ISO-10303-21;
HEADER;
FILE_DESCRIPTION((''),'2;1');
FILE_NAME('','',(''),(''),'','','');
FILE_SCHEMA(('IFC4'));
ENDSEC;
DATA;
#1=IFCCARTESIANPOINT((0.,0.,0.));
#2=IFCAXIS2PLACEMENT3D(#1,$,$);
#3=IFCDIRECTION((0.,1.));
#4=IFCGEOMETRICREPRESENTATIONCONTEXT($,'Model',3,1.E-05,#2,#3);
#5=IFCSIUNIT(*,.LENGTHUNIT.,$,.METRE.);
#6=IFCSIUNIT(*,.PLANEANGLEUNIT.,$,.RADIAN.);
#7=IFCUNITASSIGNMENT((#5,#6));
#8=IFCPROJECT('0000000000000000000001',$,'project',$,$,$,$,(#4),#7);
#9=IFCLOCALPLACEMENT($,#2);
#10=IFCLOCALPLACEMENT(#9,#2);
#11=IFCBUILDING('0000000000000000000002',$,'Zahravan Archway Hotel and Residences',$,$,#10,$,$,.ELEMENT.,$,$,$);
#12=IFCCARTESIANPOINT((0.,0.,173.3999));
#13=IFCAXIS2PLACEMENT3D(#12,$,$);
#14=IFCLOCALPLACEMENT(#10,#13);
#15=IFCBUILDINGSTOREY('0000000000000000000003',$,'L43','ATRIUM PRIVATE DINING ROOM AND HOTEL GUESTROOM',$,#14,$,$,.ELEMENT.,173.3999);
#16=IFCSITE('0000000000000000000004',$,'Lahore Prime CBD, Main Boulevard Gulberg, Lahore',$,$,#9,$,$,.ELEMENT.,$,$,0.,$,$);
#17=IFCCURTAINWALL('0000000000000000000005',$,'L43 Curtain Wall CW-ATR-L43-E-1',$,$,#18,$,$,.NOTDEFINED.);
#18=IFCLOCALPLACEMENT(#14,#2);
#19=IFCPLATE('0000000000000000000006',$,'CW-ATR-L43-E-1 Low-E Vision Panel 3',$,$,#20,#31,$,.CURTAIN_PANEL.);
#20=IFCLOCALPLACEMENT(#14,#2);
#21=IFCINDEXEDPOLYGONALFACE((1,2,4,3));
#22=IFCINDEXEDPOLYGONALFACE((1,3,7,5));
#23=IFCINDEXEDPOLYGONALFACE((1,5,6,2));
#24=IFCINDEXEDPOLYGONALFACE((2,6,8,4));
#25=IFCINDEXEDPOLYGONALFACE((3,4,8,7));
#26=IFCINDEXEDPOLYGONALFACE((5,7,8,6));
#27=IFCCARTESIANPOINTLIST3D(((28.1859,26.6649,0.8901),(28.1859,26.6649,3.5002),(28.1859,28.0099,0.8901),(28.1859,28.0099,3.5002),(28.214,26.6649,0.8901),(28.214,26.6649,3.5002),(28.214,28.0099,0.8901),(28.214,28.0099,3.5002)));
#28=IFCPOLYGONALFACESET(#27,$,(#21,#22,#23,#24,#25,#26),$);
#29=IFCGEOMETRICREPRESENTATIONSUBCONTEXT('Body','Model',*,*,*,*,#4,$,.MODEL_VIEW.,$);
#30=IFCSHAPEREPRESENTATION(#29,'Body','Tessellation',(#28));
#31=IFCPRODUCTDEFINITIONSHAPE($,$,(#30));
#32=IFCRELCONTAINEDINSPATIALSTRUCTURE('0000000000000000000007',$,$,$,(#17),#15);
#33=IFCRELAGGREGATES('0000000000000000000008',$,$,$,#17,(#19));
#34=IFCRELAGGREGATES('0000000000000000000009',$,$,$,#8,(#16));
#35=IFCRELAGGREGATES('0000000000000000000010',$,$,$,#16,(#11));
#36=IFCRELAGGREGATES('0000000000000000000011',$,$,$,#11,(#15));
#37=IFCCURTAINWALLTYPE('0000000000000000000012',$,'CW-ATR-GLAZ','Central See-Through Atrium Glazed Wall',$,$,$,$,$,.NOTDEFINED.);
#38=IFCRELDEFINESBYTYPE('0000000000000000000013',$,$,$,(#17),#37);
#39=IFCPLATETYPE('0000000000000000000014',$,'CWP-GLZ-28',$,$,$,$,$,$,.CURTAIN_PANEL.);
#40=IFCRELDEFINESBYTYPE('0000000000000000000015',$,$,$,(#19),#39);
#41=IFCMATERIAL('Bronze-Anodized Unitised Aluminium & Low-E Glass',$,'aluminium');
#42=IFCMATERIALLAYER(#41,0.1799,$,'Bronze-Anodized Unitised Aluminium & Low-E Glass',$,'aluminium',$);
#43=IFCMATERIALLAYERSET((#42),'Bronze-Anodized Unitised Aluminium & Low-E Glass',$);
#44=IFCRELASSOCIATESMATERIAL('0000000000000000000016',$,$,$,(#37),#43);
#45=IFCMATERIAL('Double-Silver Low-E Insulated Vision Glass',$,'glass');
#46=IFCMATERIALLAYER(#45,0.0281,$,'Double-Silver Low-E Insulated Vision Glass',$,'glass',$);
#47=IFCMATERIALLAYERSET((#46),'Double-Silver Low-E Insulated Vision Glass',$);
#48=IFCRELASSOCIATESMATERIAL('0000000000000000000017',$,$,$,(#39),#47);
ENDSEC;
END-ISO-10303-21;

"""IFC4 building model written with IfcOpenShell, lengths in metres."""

from ifc_helpers import new_model, si_unit, direction, frame, origin, origin_2d, place, context, subcontext, project, spatial, rectangle, extrude, source, transform, mapped, material, layer, layer_set, type_object, element, aggregate, save


model = new_model("IFC4")

# Units and contexts
model_context = context("Model", 3, precision=1e-05, world=origin(), true_north=direction((0.0, 1.0)))
body_context = subcontext(model_context, "Body", "Model", "MODEL_VIEW")
ifc_project = project(units=[si_unit("LENGTHUNIT", "METRE"), si_unit("PLANEANGLEUNIT", "RADIAN")], contexts=[model_context])

# Site, building, storey
site_placement = place(None, origin())
site = spatial("IfcSite", under=ifc_project, at=site_placement, Name="Lahore Prime CBD, Main Boulevard Gulberg, Lahore", CompositionType="ELEMENT", RefElevation=0.0)
building_placement = place(site_placement, origin())
building = spatial("IfcBuilding", under=site, at=building_placement, Name="Zahravan Archway Hotel and Residences", CompositionType="ELEMENT")
storey_placement = place(building_placement, frame((0.0, 0.0, 173.3999)))
storey = spatial("IfcBuildingStorey", under=building, at=storey_placement, Name="L43", Description="ATRIUM PRIVATE DINING ROOM AND HOTEL GUESTROOM", CompositionType="ELEMENT", Elevation=173.3999)

# Shared definitions
ifc_material_1 = material(Name="Bronze-Anodized Unitised Aluminium & Low-E Glass", Category="aluminium")
ifc_layer_1 = layer(ifc_material_1, 0.1799, Name="Bronze-Anodized Unitised Aluminium & Low-E Glass", Category="aluminium")
ifc_layer_set_1 = layer_set([ifc_layer_1], Name="Bronze-Anodized Unitised Aluminium & Low-E Glass")
curtain_wall_type = type_object("IfcCurtainWallType", Name="CW-ATR-GLAZ", Description="Central See-Through Atrium Glazed Wall", PredefinedType="NOTDEFINED", material=ifc_layer_set_1)

# Curtain wall
curtain_wall_1_placement = place(storey_placement, origin())
curtain_wall_1 = element("IfcCurtainWall", 1, at=curtain_wall_1_placement, inside=storey, type_object=curtain_wall_type, Name="L43 Curtain Wall CW-ATR-L43-E-1", PredefinedType="NOTDEFINED")

# Plate
ifc_material_2 = material(Name="Double-Silver Low-E Insulated Vision Glass", Category="glass")
ifc_layer_2 = layer(ifc_material_2, 0.0281, Name="Double-Silver Low-E Insulated Vision Glass", Category="glass")
ifc_layer_set_2 = layer_set([ifc_layer_2], Name="Double-Silver Low-E Insulated Vision Glass")
plate_type_1 = type_object("IfcPlateType", Name="CWP-GLZ-28", PredefinedType="CURTAIN_PANEL", material=ifc_layer_set_2)
shared_shape_1 = source(origin(), body_context, "Body", "SweptSolid", [
    extrude(rectangle(XDim=1.345, YDim=0.0281, at=origin_2d()), origin(), (0.0, 0.0, 1.0), 2.6101),
])
plate_1_placement = place(storey_placement, frame((28.2, 27.3374, 0.8901), z_axis=(0.0, 0.0, 1.0), x_axis=(0.0, 1.0, 0.0)))
plate_1 = element("IfcPlate", 2, at=plate_1_placement, type_object=plate_type_1, Name="CW-ATR-L43-E-1 Low-E Vision Panel 3", PredefinedType="CURTAIN_PANEL", context=body_context, shape_type="MappedRepresentation", body=[
    mapped(shared_shape_1, transform((0.0, 0.0, 0.0), scale=1.0)),
])
aggregate(curtain_wall_1, [plate_1])

save(model, "model.ifc")
